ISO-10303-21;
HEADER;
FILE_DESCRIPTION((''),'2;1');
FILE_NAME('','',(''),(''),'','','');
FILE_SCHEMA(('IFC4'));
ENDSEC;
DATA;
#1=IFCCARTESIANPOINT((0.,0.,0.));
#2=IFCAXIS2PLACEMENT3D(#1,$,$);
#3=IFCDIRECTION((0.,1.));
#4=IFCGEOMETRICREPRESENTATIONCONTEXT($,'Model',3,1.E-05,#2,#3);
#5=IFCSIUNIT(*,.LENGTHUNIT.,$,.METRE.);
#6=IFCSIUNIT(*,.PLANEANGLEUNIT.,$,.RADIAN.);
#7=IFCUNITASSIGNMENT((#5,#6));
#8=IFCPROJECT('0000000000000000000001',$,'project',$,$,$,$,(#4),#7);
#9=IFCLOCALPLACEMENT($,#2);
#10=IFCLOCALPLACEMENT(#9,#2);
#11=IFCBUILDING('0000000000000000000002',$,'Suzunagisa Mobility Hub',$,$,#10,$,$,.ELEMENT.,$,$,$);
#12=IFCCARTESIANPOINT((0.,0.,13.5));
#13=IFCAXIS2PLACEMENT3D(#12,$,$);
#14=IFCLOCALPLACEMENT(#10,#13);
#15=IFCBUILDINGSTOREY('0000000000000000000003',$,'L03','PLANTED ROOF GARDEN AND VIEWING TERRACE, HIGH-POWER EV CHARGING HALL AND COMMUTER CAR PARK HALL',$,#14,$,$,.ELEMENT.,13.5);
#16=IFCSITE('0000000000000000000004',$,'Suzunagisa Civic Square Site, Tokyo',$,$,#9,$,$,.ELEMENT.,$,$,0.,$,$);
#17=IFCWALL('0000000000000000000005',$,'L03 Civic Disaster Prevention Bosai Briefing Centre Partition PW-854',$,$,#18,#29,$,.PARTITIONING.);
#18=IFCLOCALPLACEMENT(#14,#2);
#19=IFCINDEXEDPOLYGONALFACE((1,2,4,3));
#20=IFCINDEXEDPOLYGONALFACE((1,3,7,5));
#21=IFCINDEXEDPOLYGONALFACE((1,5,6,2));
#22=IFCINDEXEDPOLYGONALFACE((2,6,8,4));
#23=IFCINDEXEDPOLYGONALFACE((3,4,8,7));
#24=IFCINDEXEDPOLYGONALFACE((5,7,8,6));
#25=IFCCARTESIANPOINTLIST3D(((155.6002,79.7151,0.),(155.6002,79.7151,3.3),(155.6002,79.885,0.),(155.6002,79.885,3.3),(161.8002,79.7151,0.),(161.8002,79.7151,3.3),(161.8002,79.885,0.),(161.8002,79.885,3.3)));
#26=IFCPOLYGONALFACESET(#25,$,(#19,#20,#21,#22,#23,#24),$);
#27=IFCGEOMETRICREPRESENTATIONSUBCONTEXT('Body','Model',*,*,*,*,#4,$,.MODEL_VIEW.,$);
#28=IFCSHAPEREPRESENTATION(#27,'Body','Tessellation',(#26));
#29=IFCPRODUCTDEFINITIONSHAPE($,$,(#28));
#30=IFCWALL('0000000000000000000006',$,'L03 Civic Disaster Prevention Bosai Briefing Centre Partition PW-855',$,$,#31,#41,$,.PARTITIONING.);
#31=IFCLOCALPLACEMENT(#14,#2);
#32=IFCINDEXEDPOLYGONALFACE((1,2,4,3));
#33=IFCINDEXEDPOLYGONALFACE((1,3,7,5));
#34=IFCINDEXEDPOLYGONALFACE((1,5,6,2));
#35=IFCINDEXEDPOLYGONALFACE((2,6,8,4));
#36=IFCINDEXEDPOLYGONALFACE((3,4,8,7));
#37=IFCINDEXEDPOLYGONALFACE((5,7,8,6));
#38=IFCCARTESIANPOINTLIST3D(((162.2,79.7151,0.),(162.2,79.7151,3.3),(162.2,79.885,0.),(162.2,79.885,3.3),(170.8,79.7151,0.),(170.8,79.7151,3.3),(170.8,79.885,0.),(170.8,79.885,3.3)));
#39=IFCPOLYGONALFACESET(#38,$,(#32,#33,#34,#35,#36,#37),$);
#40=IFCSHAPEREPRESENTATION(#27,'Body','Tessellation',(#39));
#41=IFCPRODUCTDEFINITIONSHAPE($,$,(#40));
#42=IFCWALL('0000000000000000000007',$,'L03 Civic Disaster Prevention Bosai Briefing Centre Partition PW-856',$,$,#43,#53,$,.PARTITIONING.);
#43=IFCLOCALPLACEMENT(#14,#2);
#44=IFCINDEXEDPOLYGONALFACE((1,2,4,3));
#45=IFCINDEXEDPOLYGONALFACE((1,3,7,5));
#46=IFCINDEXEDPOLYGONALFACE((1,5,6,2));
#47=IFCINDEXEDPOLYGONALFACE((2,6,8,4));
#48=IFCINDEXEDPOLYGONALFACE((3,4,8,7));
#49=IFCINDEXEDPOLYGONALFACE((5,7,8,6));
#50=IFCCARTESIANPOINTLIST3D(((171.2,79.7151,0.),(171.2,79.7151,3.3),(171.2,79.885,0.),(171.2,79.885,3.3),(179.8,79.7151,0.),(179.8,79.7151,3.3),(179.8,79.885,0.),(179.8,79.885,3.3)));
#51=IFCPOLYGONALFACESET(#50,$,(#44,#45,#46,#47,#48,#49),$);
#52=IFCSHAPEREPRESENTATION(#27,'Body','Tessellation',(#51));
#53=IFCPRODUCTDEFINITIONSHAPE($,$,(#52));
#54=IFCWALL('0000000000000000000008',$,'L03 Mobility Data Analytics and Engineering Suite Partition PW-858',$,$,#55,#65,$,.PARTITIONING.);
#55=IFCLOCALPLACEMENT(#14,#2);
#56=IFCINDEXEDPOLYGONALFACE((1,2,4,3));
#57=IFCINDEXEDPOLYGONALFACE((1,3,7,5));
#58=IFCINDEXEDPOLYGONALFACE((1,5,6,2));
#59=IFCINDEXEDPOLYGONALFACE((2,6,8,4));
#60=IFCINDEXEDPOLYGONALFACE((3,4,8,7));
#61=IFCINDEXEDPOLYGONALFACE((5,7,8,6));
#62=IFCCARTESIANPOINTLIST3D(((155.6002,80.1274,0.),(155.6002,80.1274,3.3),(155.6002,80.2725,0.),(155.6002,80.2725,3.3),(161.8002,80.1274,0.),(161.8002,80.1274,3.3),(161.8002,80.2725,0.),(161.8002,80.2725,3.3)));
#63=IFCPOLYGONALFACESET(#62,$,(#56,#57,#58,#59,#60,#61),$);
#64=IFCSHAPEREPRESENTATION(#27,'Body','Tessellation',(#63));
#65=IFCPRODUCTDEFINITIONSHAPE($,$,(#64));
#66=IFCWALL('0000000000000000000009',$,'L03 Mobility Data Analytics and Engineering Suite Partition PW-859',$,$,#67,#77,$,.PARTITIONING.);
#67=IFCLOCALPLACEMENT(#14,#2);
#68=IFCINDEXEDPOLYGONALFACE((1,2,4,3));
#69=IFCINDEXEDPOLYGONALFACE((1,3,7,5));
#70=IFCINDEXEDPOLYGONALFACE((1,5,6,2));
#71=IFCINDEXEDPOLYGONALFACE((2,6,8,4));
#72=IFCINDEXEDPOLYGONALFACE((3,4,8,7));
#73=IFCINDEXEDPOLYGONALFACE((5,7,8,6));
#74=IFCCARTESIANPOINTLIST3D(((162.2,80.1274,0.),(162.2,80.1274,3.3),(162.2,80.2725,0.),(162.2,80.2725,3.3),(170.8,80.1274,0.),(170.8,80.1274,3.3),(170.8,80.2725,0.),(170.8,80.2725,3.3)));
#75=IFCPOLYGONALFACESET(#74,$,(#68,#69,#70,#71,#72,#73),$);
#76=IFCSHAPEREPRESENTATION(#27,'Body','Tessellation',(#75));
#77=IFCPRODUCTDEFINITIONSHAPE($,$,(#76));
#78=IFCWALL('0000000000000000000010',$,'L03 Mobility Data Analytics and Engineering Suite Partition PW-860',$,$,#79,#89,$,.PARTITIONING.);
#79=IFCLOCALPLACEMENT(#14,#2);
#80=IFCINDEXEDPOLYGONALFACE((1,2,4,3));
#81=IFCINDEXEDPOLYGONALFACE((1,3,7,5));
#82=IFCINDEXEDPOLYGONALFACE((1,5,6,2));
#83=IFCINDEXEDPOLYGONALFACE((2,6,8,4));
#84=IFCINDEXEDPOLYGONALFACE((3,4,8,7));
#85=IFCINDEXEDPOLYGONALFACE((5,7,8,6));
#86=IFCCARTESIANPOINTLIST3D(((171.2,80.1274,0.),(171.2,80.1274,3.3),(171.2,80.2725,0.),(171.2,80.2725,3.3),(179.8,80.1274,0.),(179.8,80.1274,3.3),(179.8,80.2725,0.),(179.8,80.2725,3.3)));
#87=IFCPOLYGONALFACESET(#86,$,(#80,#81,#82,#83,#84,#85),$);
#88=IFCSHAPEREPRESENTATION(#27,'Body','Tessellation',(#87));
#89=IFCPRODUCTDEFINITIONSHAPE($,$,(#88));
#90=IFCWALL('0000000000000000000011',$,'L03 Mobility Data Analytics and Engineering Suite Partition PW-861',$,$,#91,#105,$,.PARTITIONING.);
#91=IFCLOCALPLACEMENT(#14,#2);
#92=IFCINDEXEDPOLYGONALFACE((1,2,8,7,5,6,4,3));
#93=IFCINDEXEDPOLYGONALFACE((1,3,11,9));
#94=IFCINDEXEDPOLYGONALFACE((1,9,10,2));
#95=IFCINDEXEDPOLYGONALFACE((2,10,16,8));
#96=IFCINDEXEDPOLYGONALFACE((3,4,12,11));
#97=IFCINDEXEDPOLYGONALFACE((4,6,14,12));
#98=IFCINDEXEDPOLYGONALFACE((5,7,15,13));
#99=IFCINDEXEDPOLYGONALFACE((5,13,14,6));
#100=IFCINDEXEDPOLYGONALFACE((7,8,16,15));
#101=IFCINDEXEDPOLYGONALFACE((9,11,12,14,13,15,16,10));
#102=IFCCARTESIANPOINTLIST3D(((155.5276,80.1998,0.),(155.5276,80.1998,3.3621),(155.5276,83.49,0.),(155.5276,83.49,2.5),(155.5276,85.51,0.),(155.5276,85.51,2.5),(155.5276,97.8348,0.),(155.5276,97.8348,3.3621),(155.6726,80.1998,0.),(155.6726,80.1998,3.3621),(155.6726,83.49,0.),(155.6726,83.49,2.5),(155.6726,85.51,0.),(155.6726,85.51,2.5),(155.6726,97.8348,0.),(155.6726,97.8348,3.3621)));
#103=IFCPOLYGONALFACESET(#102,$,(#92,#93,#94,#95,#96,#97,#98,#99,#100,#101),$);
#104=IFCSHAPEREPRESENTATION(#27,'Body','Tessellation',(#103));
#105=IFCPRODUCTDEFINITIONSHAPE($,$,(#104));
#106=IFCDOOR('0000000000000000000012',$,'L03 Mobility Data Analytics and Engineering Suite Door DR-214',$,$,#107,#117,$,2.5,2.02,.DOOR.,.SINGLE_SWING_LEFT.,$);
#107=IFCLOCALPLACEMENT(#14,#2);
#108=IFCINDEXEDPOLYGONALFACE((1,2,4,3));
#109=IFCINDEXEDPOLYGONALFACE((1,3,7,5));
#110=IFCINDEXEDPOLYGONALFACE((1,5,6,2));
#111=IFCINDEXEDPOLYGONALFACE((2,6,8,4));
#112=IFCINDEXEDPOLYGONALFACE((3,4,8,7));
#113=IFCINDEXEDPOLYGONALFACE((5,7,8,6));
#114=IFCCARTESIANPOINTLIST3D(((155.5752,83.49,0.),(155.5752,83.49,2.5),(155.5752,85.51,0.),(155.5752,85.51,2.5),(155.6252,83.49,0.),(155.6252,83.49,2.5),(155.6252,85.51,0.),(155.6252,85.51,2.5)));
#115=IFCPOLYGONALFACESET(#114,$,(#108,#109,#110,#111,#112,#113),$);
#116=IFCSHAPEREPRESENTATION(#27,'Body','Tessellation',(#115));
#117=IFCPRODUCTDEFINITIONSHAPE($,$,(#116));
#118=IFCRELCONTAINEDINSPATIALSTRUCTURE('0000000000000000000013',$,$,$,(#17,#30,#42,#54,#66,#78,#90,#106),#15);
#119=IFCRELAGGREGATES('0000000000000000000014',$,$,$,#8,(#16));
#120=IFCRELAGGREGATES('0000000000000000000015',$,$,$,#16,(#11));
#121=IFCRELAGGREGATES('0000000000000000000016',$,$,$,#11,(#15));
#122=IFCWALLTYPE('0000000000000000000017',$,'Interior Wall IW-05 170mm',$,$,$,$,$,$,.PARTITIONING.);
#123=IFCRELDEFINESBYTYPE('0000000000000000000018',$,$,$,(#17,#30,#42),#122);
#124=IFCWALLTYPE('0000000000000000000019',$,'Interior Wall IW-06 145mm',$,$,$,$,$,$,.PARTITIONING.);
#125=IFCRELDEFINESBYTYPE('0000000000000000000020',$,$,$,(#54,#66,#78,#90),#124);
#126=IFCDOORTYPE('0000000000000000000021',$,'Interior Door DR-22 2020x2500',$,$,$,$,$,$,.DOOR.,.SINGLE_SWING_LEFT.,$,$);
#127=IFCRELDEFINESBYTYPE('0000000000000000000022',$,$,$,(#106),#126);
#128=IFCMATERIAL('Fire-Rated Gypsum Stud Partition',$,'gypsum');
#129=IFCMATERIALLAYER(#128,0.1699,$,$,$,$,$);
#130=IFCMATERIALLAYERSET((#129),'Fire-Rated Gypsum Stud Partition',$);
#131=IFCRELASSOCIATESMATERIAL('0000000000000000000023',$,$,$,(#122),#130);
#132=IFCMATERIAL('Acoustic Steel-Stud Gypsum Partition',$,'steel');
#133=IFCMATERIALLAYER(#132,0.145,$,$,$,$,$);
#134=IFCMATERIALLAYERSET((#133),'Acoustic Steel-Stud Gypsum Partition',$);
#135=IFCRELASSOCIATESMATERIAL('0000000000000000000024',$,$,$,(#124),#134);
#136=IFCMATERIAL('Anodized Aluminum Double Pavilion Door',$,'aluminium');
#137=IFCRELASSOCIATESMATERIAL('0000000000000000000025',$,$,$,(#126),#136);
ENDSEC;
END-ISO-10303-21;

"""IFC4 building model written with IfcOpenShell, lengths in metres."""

from ifc_helpers import new_model, si_unit, direction, frame, frame_2d, origin, place, context, subcontext, project, spatial, rectangle, extrude, material, layer, layer_set, type_object, element, fill, save


model = new_model("IFC4")

# Units and contexts
model_context = context("Model", 3, precision=1e-05, world=origin(), true_north=direction((0.0, 1.0)))
body_context = subcontext(model_context, "Body", "Model", "MODEL_VIEW")
ifc_project = project(units=[si_unit("LENGTHUNIT", "METRE"), si_unit("PLANEANGLEUNIT", "RADIAN")], contexts=[model_context])

# Site, building, storey
site_placement = place(None, origin())
site = spatial("IfcSite", under=ifc_project, at=site_placement, Name="Suzunagisa Civic Square Site, Tokyo", CompositionType="ELEMENT", RefElevation=0.0)
building_placement = place(site_placement, origin())
building = spatial("IfcBuilding", under=site, at=building_placement, Name="Suzunagisa Mobility Hub", CompositionType="ELEMENT")
storey_placement = place(building_placement, frame((0.0, 0.0, 13.5)))
storey = spatial("IfcBuildingStorey", under=building, at=storey_placement, Name="L03", Description="PLANTED ROOF GARDEN AND VIEWING TERRACE, HIGH-POWER EV CHARGING HALL AND COMMUTER CAR PARK HALL", CompositionType="ELEMENT", Elevation=13.5)

# Walls
ifc_material_1 = material(Name="Fire-Rated Gypsum Stud Partition", Category="gypsum")
ifc_layer_1 = layer(ifc_material_1, 0.1699)
ifc_layer_set_1 = layer_set([ifc_layer_1], Name="Fire-Rated Gypsum Stud Partition")
wall_type_1 = type_object("IfcWallType", Name="Interior Wall IW-05 170mm", PredefinedType="PARTITIONING", material=ifc_layer_set_1)
wall_1_placement = place(storey_placement, frame((155.6001, 79.8, 0.0), z_axis=(0.0, 0.0, 1.0), x_axis=(1.0, 0.0, 0.0)))
element("IfcWall", 1, at=wall_1_placement, inside=storey, type_object=wall_type_1, Name="L03 Civic Disaster Prevention Bosai Briefing Centre Partition PW-854", PredefinedType="PARTITIONING", context=body_context, shape_type="SweptSolid", body=[
    extrude(rectangle(XDim=6.2, YDim=0.1699, at=frame_2d((3.1001, 0.0))), origin(), (0.0, 0.0, 1.0), 3.3),
])
for number, where, z_axis, x_axis, name in (
    (2, (162.2, 79.8, 0.0), (0.0, 0.0, 1.0), (1.0, 0.0, 0.0), "L03 Civic Disaster Prevention Bosai Briefing Centre Partition PW-855"),
    (3, (171.2, 79.8, 0.0), (0.0, 0.0, 1.0), (1.0, 0.0, 0.0), "L03 Civic Disaster Prevention Bosai Briefing Centre Partition PW-856"),
):
    element("IfcWall", number, at=place(storey_placement, frame(where, z_axis=z_axis, x_axis=x_axis)), inside=storey, type_object=wall_type_1, Name=name, PredefinedType="PARTITIONING", context=body_context, shape_type="SweptSolid", body=[
        extrude(rectangle(XDim=8.6001, YDim=0.1699, at=frame_2d((4.3, 0.0))), origin(), (0.0, 0.0, 1.0), 3.3),
    ])
ifc_material_2 = material(Name="Acoustic Steel-Stud Gypsum Partition", Category="steel")
ifc_layer_2 = layer(ifc_material_2, 0.145)
ifc_layer_set_2 = layer_set([ifc_layer_2], Name="Acoustic Steel-Stud Gypsum Partition")
wall_type_2 = type_object("IfcWallType", Name="Interior Wall IW-06 145mm", PredefinedType="PARTITIONING", material=ifc_layer_set_2)
wall_2_placement = place(storey_placement, frame((155.6001, 80.2, 0.0), z_axis=(0.0, 0.0, 1.0), x_axis=(1.0, 0.0, 0.0)))
element("IfcWall", 4, at=wall_2_placement, inside=storey, type_object=wall_type_2, Name="L03 Mobility Data Analytics and Engineering Suite Partition PW-858", PredefinedType="PARTITIONING", context=body_context, shape_type="SweptSolid", body=[
    extrude(rectangle(XDim=6.2, YDim=0.145, at=frame_2d((3.1001, 0.0))), origin(), (0.0, 0.0, 1.0), 3.3),
])
for number, where, z_axis, x_axis, name in (
    (5, (162.2, 80.2, 0.0), (0.0, 0.0, 1.0), (1.0, 0.0, 0.0), "L03 Mobility Data Analytics and Engineering Suite Partition PW-859"),
    (6, (171.2, 80.2, 0.0), (0.0, 0.0, 1.0), (1.0, 0.0, 0.0), "L03 Mobility Data Analytics and Engineering Suite Partition PW-860"),
):
    element("IfcWall", number, at=place(storey_placement, frame(where, z_axis=z_axis, x_axis=x_axis)), inside=storey, type_object=wall_type_2, Name=name, PredefinedType="PARTITIONING", context=body_context, shape_type="SweptSolid", body=[
        extrude(rectangle(XDim=8.6001, YDim=0.145, at=frame_2d((4.3, 0.0))), origin(), (0.0, 0.0, 1.0), 3.3),
    ])

# Wall, opening, door
wall_3_placement = place(storey_placement, frame((155.6001, 80.2, 0.0), z_axis=(0.0, 0.0, 1.0), x_axis=(0.0, 1.0, 0.0)))
wall_3 = element("IfcWall", 7, at=wall_3_placement, inside=storey, type_object=wall_type_2, Name="L03 Mobility Data Analytics and Engineering Suite Partition PW-861", PredefinedType="PARTITIONING", context=body_context, shape_type="SweptSolid", body=[
    extrude(rectangle(XDim=17.635, YDim=0.145, at=frame_2d((8.8174, 0.0))), origin(), (0.0, 0.0, 1.0), 3.3621),
])
opening_placement = place(wall_3_placement, frame((3.29, 0.0, 0.0)))
opening = element("IfcOpeningElement", 8, at=opening_placement, cuts=wall_3, PredefinedType="OPENING", context=body_context, shape_type="SweptSolid", body=[
    extrude(rectangle(XDim=2.02, YDim=2.5, at=frame_2d((1.01, 1.25))), frame((0.0, 0.0835, 0.0), z_axis=(0.0, -1.0, 0.0), x_axis=(1.0, 0.0, 0.0)), (0.0, 0.0, 1.0), 0.167),
])
ifc_material_3 = material(Name="Anodized Aluminum Double Pavilion Door", Category="aluminium")
door_type = type_object("IfcDoorType", Name="Interior Door DR-22 2020x2500", OperationType="SINGLE_SWING_LEFT", PredefinedType="DOOR", material=ifc_material_3)
door_placement = place(opening_placement, origin())
door = element("IfcDoor", 9, at=door_placement, inside=storey, type_object=door_type, Name="L03 Mobility Data Analytics and Engineering Suite Door DR-214", OperationType="SINGLE_SWING_LEFT", OverallHeight=2.5, OverallWidth=2.02, PredefinedType="DOOR", context=body_context, shape_type="SweptSolid", body=[
    extrude(rectangle(XDim=2.02, YDim=2.5, at=frame_2d((1.01, 1.25))), frame((0.0, 0.0249, 0.0), z_axis=(0.0, -1.0, 0.0), x_axis=(1.0, 0.0, 0.0)), (0.0, 0.0, 1.0), 0.05),
])
fill(opening, door)

save(model, "model.ifc")
